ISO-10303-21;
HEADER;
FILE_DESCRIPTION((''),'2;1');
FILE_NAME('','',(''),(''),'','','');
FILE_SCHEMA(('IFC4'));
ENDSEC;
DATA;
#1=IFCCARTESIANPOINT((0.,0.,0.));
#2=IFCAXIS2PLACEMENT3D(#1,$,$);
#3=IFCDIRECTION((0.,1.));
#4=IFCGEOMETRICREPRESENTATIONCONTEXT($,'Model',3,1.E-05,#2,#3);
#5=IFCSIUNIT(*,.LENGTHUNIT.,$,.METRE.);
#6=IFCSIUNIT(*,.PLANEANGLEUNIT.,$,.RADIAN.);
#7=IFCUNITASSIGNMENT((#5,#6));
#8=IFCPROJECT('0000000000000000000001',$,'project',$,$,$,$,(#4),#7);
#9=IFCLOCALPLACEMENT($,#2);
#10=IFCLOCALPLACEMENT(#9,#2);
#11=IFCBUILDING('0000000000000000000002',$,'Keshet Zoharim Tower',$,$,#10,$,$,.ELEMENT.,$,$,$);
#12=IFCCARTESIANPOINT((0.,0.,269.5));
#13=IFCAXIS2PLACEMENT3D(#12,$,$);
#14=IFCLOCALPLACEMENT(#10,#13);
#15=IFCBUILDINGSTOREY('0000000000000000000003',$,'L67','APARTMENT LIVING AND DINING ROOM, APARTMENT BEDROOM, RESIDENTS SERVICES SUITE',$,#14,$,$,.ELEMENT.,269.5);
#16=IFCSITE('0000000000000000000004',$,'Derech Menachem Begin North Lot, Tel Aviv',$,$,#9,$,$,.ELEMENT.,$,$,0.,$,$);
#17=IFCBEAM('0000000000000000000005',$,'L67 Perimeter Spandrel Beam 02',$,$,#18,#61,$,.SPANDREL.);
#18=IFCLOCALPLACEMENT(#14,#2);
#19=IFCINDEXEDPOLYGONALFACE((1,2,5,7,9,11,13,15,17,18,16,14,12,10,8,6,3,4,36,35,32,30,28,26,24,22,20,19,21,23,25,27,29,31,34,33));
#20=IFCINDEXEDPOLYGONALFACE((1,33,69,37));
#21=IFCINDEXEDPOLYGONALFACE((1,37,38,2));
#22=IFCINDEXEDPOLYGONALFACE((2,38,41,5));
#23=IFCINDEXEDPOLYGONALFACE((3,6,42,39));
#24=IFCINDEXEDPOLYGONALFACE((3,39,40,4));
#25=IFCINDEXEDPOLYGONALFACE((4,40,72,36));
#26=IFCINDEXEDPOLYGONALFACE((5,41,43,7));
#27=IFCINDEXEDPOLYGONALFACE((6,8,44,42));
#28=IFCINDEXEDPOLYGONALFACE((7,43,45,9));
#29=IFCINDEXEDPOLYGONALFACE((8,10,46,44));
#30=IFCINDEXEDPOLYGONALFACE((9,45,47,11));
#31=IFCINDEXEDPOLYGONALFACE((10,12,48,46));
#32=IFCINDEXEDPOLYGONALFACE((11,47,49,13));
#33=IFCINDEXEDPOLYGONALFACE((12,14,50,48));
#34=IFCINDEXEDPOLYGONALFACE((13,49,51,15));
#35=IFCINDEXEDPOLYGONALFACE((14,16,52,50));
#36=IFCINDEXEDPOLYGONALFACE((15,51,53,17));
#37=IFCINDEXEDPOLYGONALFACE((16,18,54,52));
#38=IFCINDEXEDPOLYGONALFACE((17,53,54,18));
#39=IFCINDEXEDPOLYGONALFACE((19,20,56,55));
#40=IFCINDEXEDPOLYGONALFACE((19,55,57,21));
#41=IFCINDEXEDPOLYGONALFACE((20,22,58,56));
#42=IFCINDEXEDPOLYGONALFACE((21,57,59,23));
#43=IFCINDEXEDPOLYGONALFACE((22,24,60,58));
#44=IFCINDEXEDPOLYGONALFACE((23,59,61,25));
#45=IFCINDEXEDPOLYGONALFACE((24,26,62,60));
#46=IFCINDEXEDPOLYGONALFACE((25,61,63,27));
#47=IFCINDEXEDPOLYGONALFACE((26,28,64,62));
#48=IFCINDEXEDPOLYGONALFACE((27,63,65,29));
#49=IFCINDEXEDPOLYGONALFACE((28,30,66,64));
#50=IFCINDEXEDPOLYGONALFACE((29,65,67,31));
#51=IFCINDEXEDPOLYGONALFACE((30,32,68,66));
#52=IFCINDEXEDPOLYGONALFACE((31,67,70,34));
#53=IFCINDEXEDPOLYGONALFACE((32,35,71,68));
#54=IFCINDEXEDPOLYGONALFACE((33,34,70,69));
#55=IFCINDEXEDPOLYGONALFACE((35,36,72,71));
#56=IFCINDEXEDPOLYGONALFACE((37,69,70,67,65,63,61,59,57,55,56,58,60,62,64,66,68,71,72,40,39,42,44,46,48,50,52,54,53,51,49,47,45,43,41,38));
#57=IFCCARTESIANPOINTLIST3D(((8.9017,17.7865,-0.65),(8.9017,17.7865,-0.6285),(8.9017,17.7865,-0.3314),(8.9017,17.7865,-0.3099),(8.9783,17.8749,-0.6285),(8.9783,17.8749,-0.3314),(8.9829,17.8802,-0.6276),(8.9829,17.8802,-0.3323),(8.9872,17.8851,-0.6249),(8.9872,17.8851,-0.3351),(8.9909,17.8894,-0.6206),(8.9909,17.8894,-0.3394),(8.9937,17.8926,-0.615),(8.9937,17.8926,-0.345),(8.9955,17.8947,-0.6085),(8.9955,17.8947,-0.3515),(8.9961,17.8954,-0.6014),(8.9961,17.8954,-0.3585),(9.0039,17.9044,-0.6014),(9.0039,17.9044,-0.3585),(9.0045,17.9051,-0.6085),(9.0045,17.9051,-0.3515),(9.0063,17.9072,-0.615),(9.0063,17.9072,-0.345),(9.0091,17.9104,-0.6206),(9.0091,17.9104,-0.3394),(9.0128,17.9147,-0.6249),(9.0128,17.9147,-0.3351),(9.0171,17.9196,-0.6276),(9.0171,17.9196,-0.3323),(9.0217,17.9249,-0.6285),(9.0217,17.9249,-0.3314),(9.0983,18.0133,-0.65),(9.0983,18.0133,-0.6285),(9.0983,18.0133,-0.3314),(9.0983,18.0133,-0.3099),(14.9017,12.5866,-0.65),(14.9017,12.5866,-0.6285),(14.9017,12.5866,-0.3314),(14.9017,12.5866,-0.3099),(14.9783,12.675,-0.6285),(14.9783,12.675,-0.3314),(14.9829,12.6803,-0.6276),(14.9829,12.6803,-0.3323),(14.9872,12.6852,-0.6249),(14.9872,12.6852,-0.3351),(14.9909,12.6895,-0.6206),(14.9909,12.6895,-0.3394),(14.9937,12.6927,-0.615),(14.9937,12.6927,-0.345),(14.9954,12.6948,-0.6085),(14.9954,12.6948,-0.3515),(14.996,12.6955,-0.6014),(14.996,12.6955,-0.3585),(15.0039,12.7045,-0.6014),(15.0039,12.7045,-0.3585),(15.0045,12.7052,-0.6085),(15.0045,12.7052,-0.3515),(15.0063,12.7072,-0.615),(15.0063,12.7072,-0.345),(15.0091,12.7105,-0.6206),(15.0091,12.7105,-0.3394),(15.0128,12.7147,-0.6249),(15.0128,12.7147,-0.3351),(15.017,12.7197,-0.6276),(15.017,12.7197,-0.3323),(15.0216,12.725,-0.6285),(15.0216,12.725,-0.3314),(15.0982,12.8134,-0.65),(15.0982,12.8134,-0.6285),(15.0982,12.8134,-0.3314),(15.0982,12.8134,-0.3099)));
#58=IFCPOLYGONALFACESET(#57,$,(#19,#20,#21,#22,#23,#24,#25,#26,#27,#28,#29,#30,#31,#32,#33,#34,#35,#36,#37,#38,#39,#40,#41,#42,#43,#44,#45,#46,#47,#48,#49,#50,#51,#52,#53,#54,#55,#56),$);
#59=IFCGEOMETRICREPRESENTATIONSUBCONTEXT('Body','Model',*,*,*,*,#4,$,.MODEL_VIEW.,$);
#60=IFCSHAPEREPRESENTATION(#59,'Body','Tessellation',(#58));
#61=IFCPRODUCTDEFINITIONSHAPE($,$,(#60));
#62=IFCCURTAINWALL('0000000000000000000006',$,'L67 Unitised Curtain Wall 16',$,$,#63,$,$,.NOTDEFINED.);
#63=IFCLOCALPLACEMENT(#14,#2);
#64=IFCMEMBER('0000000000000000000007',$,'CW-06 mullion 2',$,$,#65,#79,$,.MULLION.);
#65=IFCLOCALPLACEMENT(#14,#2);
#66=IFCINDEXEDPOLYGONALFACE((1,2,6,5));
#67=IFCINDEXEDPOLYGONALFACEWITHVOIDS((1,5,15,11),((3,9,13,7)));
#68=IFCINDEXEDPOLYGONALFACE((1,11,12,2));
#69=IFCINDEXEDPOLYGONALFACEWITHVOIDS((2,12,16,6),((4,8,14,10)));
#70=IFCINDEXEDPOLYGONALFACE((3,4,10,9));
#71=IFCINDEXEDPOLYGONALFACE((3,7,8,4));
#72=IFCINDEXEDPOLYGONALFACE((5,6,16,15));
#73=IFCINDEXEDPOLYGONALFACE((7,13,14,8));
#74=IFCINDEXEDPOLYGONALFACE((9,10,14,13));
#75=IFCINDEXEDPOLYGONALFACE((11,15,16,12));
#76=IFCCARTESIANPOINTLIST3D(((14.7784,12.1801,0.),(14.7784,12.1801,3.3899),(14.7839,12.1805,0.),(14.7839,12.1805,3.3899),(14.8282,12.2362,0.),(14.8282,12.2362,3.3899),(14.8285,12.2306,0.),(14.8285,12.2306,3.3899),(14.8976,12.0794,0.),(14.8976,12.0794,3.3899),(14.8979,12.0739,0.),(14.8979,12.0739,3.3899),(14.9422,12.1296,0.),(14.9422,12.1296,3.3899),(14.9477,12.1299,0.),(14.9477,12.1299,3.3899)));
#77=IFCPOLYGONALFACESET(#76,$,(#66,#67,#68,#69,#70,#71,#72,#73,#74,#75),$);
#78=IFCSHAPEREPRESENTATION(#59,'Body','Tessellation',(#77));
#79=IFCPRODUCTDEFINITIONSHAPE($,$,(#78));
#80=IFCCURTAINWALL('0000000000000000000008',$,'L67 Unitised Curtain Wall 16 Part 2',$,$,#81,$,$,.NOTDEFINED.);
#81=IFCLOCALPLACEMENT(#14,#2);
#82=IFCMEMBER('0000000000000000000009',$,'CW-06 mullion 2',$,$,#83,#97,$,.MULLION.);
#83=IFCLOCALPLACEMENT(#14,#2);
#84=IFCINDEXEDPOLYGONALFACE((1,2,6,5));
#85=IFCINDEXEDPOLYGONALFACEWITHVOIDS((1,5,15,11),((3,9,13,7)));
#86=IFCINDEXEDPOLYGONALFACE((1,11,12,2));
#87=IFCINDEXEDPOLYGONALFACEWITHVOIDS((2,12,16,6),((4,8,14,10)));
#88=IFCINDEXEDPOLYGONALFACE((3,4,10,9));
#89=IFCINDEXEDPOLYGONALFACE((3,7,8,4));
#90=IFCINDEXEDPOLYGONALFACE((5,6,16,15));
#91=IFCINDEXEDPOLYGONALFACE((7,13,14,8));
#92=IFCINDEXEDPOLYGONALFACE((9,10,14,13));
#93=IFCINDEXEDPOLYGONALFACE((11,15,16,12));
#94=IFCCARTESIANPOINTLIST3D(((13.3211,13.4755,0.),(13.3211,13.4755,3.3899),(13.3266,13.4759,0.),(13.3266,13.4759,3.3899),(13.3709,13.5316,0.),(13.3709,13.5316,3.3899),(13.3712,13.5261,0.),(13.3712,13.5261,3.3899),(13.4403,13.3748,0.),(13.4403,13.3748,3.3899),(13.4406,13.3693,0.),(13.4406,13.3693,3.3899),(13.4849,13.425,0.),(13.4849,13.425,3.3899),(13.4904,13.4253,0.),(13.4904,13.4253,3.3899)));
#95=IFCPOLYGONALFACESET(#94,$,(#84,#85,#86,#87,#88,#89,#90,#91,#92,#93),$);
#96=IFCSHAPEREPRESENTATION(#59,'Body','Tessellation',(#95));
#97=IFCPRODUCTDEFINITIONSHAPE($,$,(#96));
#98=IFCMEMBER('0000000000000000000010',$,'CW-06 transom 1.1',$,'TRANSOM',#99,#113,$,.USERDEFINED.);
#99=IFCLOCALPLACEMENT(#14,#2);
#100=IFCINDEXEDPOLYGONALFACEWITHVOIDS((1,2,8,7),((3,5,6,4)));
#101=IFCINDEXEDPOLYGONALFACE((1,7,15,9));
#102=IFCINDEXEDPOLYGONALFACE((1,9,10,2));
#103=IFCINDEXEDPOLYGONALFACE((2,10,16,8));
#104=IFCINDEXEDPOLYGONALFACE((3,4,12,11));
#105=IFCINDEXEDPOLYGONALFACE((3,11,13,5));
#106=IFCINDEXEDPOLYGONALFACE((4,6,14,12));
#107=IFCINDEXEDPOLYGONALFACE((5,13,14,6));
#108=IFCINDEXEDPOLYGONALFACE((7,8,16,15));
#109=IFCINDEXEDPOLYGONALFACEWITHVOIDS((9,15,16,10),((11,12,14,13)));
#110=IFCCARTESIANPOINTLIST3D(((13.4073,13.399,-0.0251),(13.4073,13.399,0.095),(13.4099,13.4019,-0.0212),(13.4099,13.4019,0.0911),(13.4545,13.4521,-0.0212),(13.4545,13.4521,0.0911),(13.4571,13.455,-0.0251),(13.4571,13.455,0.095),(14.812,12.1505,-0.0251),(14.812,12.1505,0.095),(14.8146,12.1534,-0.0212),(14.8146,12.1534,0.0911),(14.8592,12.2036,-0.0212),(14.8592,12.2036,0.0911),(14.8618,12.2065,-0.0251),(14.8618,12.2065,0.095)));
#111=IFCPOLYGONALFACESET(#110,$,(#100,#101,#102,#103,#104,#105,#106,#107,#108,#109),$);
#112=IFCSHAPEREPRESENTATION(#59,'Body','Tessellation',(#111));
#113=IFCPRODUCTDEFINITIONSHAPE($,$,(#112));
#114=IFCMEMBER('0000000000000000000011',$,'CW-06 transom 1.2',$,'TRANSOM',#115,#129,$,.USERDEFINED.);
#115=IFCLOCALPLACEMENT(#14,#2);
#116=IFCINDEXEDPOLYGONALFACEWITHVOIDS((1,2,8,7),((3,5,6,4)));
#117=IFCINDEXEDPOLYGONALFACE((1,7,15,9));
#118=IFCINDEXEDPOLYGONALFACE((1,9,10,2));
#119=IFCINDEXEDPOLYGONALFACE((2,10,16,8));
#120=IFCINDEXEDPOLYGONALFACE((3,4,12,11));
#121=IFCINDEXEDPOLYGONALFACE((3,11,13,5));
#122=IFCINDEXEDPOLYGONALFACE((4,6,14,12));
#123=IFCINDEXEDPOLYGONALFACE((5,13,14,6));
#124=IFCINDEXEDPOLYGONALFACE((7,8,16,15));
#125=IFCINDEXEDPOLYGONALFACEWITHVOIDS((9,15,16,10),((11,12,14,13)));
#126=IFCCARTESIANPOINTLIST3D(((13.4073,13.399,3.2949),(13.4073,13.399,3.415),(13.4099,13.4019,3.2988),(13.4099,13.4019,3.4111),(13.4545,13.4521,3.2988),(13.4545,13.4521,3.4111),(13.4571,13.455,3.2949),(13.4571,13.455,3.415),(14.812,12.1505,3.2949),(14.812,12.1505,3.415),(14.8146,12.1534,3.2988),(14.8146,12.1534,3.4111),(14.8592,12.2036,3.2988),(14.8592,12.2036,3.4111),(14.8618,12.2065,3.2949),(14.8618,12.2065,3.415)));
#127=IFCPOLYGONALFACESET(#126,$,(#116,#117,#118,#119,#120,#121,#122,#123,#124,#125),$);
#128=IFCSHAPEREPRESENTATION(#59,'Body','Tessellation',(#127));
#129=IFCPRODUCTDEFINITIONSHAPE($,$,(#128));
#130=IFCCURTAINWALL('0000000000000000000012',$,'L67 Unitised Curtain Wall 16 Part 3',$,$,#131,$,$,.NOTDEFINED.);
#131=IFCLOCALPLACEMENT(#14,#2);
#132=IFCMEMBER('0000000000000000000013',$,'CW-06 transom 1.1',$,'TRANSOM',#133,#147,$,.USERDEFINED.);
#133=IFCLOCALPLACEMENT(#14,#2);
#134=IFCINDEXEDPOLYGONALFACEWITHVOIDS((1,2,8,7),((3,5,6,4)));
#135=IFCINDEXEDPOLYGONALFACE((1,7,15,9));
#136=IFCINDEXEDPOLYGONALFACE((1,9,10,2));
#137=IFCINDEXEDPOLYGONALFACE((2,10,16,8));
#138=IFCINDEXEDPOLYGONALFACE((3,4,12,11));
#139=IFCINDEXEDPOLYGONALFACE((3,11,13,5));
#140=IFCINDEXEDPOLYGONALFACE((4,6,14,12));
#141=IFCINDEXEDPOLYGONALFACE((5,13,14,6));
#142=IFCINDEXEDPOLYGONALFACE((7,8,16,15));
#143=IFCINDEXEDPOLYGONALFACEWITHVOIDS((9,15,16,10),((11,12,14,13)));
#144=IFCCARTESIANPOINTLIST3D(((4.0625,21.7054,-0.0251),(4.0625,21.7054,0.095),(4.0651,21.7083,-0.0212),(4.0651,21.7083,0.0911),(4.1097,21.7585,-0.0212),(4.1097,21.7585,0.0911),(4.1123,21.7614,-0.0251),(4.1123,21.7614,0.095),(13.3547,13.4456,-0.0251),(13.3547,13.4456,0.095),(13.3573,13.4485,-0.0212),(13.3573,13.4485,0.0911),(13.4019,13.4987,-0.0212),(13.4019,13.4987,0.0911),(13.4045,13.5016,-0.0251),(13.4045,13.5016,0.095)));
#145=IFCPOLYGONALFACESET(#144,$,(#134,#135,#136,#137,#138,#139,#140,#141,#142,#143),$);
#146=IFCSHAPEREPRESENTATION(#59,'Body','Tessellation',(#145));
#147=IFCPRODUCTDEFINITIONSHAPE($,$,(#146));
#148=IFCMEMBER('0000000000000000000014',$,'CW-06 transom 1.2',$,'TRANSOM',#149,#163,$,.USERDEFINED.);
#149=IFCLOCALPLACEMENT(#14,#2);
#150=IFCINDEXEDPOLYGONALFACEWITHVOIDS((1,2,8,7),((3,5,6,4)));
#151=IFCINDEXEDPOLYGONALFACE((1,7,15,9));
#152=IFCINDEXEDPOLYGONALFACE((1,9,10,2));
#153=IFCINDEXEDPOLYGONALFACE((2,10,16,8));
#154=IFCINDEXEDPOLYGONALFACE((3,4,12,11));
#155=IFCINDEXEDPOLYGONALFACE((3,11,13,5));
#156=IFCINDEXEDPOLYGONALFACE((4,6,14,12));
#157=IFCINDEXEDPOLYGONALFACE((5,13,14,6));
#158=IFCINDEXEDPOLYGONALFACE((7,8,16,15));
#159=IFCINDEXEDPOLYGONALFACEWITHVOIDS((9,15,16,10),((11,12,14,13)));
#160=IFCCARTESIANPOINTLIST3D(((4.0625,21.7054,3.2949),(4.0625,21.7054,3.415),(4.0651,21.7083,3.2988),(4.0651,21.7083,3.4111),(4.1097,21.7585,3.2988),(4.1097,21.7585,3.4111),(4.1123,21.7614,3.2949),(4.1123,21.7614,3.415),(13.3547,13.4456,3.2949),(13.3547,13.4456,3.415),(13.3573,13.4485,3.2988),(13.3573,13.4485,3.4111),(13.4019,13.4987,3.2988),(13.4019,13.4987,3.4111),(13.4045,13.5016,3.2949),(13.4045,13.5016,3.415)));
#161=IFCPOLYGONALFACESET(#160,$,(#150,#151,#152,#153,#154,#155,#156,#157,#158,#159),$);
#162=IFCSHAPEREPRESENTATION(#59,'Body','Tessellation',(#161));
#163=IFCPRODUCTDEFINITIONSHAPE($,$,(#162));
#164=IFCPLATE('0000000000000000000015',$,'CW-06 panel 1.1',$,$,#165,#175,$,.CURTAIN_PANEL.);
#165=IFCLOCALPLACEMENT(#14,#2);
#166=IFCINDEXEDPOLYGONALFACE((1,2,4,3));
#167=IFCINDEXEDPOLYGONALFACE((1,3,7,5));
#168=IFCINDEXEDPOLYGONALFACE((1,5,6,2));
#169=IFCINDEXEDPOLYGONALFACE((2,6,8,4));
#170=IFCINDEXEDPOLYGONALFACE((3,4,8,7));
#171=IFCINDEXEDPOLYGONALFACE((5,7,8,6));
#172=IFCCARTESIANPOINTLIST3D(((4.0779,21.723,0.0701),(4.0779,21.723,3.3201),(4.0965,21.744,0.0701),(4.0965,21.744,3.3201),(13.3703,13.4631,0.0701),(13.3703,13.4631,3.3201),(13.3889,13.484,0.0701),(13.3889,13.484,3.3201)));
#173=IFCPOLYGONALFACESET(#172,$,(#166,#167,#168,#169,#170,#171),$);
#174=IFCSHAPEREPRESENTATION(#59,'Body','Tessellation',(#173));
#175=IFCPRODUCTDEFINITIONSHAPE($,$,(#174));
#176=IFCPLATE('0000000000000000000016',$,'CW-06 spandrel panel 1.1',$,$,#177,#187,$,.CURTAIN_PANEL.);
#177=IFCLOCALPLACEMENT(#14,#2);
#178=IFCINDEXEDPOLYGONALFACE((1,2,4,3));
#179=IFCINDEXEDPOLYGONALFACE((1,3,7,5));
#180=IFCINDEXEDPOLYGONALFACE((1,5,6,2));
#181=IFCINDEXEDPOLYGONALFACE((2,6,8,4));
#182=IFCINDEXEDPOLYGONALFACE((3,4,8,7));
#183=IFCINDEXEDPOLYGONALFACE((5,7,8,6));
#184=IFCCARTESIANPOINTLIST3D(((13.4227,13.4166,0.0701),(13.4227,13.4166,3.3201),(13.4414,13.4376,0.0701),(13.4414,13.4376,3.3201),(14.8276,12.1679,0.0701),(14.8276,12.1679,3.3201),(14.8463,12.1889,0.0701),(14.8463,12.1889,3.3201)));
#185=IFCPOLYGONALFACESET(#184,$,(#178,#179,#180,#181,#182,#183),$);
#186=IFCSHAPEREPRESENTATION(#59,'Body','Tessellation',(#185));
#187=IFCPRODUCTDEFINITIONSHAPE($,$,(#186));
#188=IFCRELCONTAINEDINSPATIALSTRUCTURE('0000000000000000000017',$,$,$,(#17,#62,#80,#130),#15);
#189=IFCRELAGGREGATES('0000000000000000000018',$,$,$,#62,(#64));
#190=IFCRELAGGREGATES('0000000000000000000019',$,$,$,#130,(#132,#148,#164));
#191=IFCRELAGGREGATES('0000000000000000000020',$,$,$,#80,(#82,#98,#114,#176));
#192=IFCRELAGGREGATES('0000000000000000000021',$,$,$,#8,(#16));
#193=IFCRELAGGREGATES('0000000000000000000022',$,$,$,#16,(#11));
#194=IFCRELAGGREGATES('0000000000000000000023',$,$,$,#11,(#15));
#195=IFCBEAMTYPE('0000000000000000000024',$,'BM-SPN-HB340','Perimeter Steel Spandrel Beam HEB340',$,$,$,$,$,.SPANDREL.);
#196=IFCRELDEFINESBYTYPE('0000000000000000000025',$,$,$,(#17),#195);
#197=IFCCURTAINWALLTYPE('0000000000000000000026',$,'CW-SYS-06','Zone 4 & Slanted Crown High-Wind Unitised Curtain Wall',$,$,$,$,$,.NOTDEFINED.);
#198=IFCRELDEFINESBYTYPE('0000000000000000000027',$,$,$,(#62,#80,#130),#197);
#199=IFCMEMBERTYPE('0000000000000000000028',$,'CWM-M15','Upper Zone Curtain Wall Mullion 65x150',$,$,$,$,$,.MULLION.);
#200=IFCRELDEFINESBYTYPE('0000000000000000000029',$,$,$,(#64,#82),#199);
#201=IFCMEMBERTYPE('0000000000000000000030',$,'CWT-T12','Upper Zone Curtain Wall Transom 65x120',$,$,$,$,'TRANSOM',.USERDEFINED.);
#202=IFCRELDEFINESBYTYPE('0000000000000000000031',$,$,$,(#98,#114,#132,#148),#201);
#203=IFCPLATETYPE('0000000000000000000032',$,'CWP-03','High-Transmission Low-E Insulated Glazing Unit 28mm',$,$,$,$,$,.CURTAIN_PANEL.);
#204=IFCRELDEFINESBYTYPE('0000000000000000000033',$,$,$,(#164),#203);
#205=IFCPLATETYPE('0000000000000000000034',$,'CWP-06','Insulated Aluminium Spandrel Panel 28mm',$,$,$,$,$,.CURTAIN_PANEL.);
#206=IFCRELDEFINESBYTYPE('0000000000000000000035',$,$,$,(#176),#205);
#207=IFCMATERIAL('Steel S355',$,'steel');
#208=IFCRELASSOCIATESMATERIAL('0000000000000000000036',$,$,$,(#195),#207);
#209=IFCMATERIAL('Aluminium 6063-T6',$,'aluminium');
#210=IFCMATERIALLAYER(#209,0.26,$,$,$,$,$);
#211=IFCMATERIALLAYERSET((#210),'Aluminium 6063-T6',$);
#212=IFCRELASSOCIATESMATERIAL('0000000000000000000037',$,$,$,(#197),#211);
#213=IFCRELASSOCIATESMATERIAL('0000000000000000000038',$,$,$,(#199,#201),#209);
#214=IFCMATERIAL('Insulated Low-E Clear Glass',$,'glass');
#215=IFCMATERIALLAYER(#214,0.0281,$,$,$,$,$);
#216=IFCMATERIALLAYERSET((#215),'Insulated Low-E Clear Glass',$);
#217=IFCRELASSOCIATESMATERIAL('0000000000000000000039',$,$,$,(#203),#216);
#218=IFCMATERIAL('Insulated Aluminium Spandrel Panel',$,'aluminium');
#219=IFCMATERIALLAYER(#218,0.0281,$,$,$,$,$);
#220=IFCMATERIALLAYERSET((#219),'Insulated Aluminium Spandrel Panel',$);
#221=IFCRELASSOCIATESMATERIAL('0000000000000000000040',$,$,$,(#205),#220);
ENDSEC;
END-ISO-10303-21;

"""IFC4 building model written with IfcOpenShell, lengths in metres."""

from ifc_helpers import new_model, si_unit, direction, frame, origin, origin_2d, place, context, subcontext, project, spatial, rectangle, hollow_rectangle, i_section, extrude, material, layer, layer_set, material_profile, profile_set, type_object, element, aggregate, save


model = new_model("IFC4")

# Units and contexts
model_context = context("Model", 3, precision=1e-05, world=origin(), true_north=direction((0.0, 1.0)))
body_context = subcontext(model_context, "Body", "Model", "MODEL_VIEW")
ifc_project = project(units=[si_unit("LENGTHUNIT", "METRE"), si_unit("PLANEANGLEUNIT", "RADIAN")], contexts=[model_context])

# Site, building, storey
site_placement = place(None, origin())
site = spatial("IfcSite", under=ifc_project, at=site_placement, Name="Derech Menachem Begin North Lot, Tel Aviv", CompositionType="ELEMENT", RefElevation=0.0)
building_placement = place(site_placement, origin())
building = spatial("IfcBuilding", under=site, at=building_placement, Name="Keshet Zoharim Tower", CompositionType="ELEMENT")
storey_placement = place(building_placement, frame((0.0, 0.0, 269.5)))
storey = spatial("IfcBuildingStorey", under=building, at=storey_placement, Name="L67", Description="APARTMENT LIVING AND DINING ROOM, APARTMENT BEDROOM, RESIDENTS SERVICES SUITE", CompositionType="ELEMENT", Elevation=269.5)

# Shared definitions
ifc_material_1 = material(Name="Steel S355", Category="steel")

# Beam
ifc_material_profile_1 = material_profile(ifc_material_1, i_section(OverallWidth=0.3, OverallDepth=0.3401, WebThickness=0.012, FlangeThickness=0.0215, FilletRadius=0.0271, at=origin_2d()), Name="HEB340")
ifc_profile_set_1 = profile_set([ifc_material_profile_1], Name="Steel S355")
beam_type_1 = type_object("IfcBeamType", Name="BM-SPN-HB340", Description="Perimeter Steel Spandrel Beam HEB340", PredefinedType="SPANDREL", material=ifc_profile_set_1)
beam_1_placement = place(storey_placement, frame((9.0, 17.8999, -0.48), z_axis=(0.755692, -0.654927, 0.0), x_axis=(0.654927, 0.755692, 0.0)))
element("IfcBeam", 1, at=beam_1_placement, inside=storey, type_object=beam_type_1, Name="L67 Perimeter Spandrel Beam 02", PredefinedType="SPANDREL", context=body_context, shape_type="SweptSolid", body=[
    extrude(i_section(OverallWidth=0.3, OverallDepth=0.3401, WebThickness=0.012, FlangeThickness=0.0215, FilletRadius=0.0271, at=origin_2d()), origin(), (0.0, 0.0, 1.0), 7.9397),
])

# Curtain wall, member
ifc_material_2 = material(Name="Aluminium 6063-T6", Category="aluminium")
ifc_layer_1 = layer(ifc_material_2, 0.26)
ifc_layer_set_1 = layer_set([ifc_layer_1], Name="Aluminium 6063-T6")
curtain_wall_type = type_object("IfcCurtainWallType", Name="CW-SYS-06", Description="Zone 4 & Slanted Crown High-Wind Unitised Curtain Wall", PredefinedType="NOTDEFINED", material=ifc_layer_set_1)
curtain_wall_1_placement = place(storey_placement, origin())
curtain_wall_1 = element("IfcCurtainWall", 2, at=curtain_wall_1_placement, inside=storey, type_object=curtain_wall_type, Name="L67 Unitised Curtain Wall 16", PredefinedType="NOTDEFINED")
ifc_material_profile_2 = material_profile(ifc_material_2, hollow_rectangle(XDim=0.075, YDim=0.1599, WallThickness=0.0039, at=origin_2d()), Name="MUL-75x160")
ifc_profile_set_2 = profile_set([ifc_material_profile_2], Name="Aluminium 6063-T6")
member_type_1 = type_object("IfcMemberType", Name="CWM-M15", Description="Upper Zone Curtain Wall Mullion 65x150", PredefinedType="MULLION", material=ifc_profile_set_2)
member_1_placement = place(storey_placement, frame((14.863, 12.155, 0.0), z_axis=(0.0, 0.0, 1.0), x_axis=(-0.664362, -0.747411, 0.0)))
member_1 = element("IfcMember", 3, at=member_1_placement, type_object=member_type_1, Name="CW-06 mullion 2", PredefinedType="MULLION", context=body_context, shape_type="SweptSolid", body=[
    extrude(hollow_rectangle(XDim=0.075, YDim=0.1599, WallThickness=0.0039, at=origin_2d()), origin(), (0.0, 0.0, 1.0), 3.3899),
])
aggregate(curtain_wall_1, [member_1])

# Curtain wall, members
curtain_wall_2_placement = place(storey_placement, origin())
curtain_wall_2 = element("IfcCurtainWall", 4, at=curtain_wall_2_placement, inside=storey, type_object=curtain_wall_type, Name="L67 Unitised Curtain Wall 16 Part 2", PredefinedType="NOTDEFINED")
member_2_placement = place(storey_placement, frame((13.4058, 13.4504, 0.0), z_axis=(0.0, 0.0, 1.0), x_axis=(-0.664338, -0.747432, 0.0)))
member_2 = element("IfcMember", 5, at=member_2_placement, type_object=member_type_1, Name="CW-06 mullion 2", PredefinedType="MULLION", context=body_context, shape_type="SweptSolid", body=[
    extrude(hollow_rectangle(XDim=0.075, YDim=0.1599, WallThickness=0.0039, at=origin_2d()), origin(), (0.0, 0.0, 1.0), 3.3899),
])
ifc_material_profile_3 = material_profile(ifc_material_2, hollow_rectangle(XDim=0.075, YDim=0.1201, WallThickness=0.0039, at=origin_2d()), Name="TRN-75x120")
ifc_profile_set_3 = profile_set([ifc_material_profile_3], Name="Aluminium 6063-T6")
member_type_2 = type_object("IfcMemberType", Name="CWT-T12", Description="Upper Zone Curtain Wall Transom 65x120", ElementType="TRANSOM", PredefinedType="USERDEFINED", material=ifc_profile_set_3)
member_3_placement = place(storey_placement, frame((14.8369, 12.1785, 0.0349), z_axis=(-0.747452, 0.664315, 0.0), x_axis=(-0.664315, -0.747452, 0.0)))
member_3 = element("IfcMember", 6, at=member_3_placement, type_object=member_type_2, Name="CW-06 transom 1.1", ObjectType="TRANSOM", PredefinedType="USERDEFINED", context=body_context, shape_type="SweptSolid", body=[
    extrude(hollow_rectangle(XDim=0.075, YDim=0.1201, WallThickness=0.0039, at=origin_2d()), origin(), (0.0, 0.0, 1.0), 1.8794),
])
member_4_placement = place(storey_placement, frame((14.8369, 12.1785, 3.355), z_axis=(-0.747452, 0.664315, 0.0), x_axis=(-0.664315, -0.747452, 0.0)))
member_4 = element("IfcMember", 7, at=member_4_placement, type_object=member_type_2, Name="CW-06 transom 1.2", ObjectType="TRANSOM", PredefinedType="USERDEFINED", context=body_context, shape_type="SweptSolid", body=[
    extrude(hollow_rectangle(XDim=0.075, YDim=0.1201, WallThickness=0.0039, at=origin_2d()), origin(), (0.0, 0.0, 1.0), 1.8794),
])

# Curtain wall, members, plate
curtain_wall_3_placement = place(storey_placement, origin())
curtain_wall_3 = element("IfcCurtainWall", 8, at=curtain_wall_3_placement, inside=storey, type_object=curtain_wall_type, Name="L67 Unitised Curtain Wall 16 Part 3", PredefinedType="NOTDEFINED")
member_5_placement = place(storey_placement, frame((13.3796, 13.4736, 0.0349), z_axis=(-0.747409, 0.664364, 0.0), x_axis=(-0.664364, -0.747409, 0.0)))
member_5 = element("IfcMember", 9, at=member_5_placement, type_object=member_type_2, Name="CW-06 transom 1.1", ObjectType="TRANSOM", PredefinedType="USERDEFINED", context=body_context, shape_type="SweptSolid", body=[
    extrude(hollow_rectangle(XDim=0.075, YDim=0.1201, WallThickness=0.0039, at=origin_2d()), origin(), (0.0, 0.0, 1.0), 12.4326),
])
member_6_placement = place(storey_placement, frame((13.3796, 13.4736, 3.355), z_axis=(-0.747409, 0.664364, 0.0), x_axis=(-0.664364, -0.747409, 0.0)))
member_6 = element("IfcMember", 10, at=member_6_placement, type_object=member_type_2, Name="CW-06 transom 1.2", ObjectType="TRANSOM", PredefinedType="USERDEFINED", context=body_context, shape_type="SweptSolid", body=[
    extrude(hollow_rectangle(XDim=0.075, YDim=0.1201, WallThickness=0.0039, at=origin_2d()), origin(), (0.0, 0.0, 1.0), 12.4326),
])
ifc_material_3 = material(Name="Insulated Low-E Clear Glass", Category="glass")
ifc_layer_2 = layer(ifc_material_3, 0.0281)
ifc_layer_set_2 = layer_set([ifc_layer_2], Name="Insulated Low-E Clear Glass")
plate_type_1 = type_object("IfcPlateType", Name="CWP-03", Description="High-Transmission Low-E Insulated Glazing Unit 28mm", PredefinedType="CURTAIN_PANEL", material=ifc_layer_set_2)
plate_1_placement = place(storey_placement, frame((8.7334, 17.6035, 0.0701), z_axis=(0.0, 0.0, 1.0), x_axis=(-0.747409, 0.664364, 0.0)))
plate_1 = element("IfcPlate", 11, at=plate_1_placement, type_object=plate_type_1, Name="CW-06 panel 1.1", PredefinedType="CURTAIN_PANEL", context=body_context, shape_type="SweptSolid", body=[
    extrude(rectangle(XDim=12.4329, YDim=0.0281, at=origin_2d()), origin(), (0.0, 0.0, 1.0), 3.25),
])
aggregate(curtain_wall_3, [member_5, member_6, plate_1])

# Plate
ifc_material_4 = material(Name="Insulated Aluminium Spandrel Panel", Category="aluminium")
ifc_layer_3 = layer(ifc_material_4, 0.0281)
ifc_layer_set_3 = layer_set([ifc_layer_3], Name="Insulated Aluminium Spandrel Panel")
plate_type_2 = type_object("IfcPlateType", Name="CWP-06", Description="Insulated Aluminium Spandrel Panel 28mm", PredefinedType="CURTAIN_PANEL", material=ifc_layer_set_3)
plate_2_placement = place(storey_placement, frame((14.1345, 12.8027, 0.0701), z_axis=(0.0, 0.0, 1.0), x_axis=(-0.747432, 0.664338, 0.0)))
plate_2 = element("IfcPlate", 12, at=plate_2_placement, type_object=plate_type_2, Name="CW-06 spandrel panel 1.1", PredefinedType="CURTAIN_PANEL", context=body_context, shape_type="SweptSolid", body=[
    extrude(rectangle(XDim=1.8796, YDim=0.0281, at=origin_2d()), origin(), (0.0, 0.0, 1.0), 3.25),
])
aggregate(curtain_wall_2, [member_2, member_3, member_4, plate_2])

save(model, "model.ifc")
